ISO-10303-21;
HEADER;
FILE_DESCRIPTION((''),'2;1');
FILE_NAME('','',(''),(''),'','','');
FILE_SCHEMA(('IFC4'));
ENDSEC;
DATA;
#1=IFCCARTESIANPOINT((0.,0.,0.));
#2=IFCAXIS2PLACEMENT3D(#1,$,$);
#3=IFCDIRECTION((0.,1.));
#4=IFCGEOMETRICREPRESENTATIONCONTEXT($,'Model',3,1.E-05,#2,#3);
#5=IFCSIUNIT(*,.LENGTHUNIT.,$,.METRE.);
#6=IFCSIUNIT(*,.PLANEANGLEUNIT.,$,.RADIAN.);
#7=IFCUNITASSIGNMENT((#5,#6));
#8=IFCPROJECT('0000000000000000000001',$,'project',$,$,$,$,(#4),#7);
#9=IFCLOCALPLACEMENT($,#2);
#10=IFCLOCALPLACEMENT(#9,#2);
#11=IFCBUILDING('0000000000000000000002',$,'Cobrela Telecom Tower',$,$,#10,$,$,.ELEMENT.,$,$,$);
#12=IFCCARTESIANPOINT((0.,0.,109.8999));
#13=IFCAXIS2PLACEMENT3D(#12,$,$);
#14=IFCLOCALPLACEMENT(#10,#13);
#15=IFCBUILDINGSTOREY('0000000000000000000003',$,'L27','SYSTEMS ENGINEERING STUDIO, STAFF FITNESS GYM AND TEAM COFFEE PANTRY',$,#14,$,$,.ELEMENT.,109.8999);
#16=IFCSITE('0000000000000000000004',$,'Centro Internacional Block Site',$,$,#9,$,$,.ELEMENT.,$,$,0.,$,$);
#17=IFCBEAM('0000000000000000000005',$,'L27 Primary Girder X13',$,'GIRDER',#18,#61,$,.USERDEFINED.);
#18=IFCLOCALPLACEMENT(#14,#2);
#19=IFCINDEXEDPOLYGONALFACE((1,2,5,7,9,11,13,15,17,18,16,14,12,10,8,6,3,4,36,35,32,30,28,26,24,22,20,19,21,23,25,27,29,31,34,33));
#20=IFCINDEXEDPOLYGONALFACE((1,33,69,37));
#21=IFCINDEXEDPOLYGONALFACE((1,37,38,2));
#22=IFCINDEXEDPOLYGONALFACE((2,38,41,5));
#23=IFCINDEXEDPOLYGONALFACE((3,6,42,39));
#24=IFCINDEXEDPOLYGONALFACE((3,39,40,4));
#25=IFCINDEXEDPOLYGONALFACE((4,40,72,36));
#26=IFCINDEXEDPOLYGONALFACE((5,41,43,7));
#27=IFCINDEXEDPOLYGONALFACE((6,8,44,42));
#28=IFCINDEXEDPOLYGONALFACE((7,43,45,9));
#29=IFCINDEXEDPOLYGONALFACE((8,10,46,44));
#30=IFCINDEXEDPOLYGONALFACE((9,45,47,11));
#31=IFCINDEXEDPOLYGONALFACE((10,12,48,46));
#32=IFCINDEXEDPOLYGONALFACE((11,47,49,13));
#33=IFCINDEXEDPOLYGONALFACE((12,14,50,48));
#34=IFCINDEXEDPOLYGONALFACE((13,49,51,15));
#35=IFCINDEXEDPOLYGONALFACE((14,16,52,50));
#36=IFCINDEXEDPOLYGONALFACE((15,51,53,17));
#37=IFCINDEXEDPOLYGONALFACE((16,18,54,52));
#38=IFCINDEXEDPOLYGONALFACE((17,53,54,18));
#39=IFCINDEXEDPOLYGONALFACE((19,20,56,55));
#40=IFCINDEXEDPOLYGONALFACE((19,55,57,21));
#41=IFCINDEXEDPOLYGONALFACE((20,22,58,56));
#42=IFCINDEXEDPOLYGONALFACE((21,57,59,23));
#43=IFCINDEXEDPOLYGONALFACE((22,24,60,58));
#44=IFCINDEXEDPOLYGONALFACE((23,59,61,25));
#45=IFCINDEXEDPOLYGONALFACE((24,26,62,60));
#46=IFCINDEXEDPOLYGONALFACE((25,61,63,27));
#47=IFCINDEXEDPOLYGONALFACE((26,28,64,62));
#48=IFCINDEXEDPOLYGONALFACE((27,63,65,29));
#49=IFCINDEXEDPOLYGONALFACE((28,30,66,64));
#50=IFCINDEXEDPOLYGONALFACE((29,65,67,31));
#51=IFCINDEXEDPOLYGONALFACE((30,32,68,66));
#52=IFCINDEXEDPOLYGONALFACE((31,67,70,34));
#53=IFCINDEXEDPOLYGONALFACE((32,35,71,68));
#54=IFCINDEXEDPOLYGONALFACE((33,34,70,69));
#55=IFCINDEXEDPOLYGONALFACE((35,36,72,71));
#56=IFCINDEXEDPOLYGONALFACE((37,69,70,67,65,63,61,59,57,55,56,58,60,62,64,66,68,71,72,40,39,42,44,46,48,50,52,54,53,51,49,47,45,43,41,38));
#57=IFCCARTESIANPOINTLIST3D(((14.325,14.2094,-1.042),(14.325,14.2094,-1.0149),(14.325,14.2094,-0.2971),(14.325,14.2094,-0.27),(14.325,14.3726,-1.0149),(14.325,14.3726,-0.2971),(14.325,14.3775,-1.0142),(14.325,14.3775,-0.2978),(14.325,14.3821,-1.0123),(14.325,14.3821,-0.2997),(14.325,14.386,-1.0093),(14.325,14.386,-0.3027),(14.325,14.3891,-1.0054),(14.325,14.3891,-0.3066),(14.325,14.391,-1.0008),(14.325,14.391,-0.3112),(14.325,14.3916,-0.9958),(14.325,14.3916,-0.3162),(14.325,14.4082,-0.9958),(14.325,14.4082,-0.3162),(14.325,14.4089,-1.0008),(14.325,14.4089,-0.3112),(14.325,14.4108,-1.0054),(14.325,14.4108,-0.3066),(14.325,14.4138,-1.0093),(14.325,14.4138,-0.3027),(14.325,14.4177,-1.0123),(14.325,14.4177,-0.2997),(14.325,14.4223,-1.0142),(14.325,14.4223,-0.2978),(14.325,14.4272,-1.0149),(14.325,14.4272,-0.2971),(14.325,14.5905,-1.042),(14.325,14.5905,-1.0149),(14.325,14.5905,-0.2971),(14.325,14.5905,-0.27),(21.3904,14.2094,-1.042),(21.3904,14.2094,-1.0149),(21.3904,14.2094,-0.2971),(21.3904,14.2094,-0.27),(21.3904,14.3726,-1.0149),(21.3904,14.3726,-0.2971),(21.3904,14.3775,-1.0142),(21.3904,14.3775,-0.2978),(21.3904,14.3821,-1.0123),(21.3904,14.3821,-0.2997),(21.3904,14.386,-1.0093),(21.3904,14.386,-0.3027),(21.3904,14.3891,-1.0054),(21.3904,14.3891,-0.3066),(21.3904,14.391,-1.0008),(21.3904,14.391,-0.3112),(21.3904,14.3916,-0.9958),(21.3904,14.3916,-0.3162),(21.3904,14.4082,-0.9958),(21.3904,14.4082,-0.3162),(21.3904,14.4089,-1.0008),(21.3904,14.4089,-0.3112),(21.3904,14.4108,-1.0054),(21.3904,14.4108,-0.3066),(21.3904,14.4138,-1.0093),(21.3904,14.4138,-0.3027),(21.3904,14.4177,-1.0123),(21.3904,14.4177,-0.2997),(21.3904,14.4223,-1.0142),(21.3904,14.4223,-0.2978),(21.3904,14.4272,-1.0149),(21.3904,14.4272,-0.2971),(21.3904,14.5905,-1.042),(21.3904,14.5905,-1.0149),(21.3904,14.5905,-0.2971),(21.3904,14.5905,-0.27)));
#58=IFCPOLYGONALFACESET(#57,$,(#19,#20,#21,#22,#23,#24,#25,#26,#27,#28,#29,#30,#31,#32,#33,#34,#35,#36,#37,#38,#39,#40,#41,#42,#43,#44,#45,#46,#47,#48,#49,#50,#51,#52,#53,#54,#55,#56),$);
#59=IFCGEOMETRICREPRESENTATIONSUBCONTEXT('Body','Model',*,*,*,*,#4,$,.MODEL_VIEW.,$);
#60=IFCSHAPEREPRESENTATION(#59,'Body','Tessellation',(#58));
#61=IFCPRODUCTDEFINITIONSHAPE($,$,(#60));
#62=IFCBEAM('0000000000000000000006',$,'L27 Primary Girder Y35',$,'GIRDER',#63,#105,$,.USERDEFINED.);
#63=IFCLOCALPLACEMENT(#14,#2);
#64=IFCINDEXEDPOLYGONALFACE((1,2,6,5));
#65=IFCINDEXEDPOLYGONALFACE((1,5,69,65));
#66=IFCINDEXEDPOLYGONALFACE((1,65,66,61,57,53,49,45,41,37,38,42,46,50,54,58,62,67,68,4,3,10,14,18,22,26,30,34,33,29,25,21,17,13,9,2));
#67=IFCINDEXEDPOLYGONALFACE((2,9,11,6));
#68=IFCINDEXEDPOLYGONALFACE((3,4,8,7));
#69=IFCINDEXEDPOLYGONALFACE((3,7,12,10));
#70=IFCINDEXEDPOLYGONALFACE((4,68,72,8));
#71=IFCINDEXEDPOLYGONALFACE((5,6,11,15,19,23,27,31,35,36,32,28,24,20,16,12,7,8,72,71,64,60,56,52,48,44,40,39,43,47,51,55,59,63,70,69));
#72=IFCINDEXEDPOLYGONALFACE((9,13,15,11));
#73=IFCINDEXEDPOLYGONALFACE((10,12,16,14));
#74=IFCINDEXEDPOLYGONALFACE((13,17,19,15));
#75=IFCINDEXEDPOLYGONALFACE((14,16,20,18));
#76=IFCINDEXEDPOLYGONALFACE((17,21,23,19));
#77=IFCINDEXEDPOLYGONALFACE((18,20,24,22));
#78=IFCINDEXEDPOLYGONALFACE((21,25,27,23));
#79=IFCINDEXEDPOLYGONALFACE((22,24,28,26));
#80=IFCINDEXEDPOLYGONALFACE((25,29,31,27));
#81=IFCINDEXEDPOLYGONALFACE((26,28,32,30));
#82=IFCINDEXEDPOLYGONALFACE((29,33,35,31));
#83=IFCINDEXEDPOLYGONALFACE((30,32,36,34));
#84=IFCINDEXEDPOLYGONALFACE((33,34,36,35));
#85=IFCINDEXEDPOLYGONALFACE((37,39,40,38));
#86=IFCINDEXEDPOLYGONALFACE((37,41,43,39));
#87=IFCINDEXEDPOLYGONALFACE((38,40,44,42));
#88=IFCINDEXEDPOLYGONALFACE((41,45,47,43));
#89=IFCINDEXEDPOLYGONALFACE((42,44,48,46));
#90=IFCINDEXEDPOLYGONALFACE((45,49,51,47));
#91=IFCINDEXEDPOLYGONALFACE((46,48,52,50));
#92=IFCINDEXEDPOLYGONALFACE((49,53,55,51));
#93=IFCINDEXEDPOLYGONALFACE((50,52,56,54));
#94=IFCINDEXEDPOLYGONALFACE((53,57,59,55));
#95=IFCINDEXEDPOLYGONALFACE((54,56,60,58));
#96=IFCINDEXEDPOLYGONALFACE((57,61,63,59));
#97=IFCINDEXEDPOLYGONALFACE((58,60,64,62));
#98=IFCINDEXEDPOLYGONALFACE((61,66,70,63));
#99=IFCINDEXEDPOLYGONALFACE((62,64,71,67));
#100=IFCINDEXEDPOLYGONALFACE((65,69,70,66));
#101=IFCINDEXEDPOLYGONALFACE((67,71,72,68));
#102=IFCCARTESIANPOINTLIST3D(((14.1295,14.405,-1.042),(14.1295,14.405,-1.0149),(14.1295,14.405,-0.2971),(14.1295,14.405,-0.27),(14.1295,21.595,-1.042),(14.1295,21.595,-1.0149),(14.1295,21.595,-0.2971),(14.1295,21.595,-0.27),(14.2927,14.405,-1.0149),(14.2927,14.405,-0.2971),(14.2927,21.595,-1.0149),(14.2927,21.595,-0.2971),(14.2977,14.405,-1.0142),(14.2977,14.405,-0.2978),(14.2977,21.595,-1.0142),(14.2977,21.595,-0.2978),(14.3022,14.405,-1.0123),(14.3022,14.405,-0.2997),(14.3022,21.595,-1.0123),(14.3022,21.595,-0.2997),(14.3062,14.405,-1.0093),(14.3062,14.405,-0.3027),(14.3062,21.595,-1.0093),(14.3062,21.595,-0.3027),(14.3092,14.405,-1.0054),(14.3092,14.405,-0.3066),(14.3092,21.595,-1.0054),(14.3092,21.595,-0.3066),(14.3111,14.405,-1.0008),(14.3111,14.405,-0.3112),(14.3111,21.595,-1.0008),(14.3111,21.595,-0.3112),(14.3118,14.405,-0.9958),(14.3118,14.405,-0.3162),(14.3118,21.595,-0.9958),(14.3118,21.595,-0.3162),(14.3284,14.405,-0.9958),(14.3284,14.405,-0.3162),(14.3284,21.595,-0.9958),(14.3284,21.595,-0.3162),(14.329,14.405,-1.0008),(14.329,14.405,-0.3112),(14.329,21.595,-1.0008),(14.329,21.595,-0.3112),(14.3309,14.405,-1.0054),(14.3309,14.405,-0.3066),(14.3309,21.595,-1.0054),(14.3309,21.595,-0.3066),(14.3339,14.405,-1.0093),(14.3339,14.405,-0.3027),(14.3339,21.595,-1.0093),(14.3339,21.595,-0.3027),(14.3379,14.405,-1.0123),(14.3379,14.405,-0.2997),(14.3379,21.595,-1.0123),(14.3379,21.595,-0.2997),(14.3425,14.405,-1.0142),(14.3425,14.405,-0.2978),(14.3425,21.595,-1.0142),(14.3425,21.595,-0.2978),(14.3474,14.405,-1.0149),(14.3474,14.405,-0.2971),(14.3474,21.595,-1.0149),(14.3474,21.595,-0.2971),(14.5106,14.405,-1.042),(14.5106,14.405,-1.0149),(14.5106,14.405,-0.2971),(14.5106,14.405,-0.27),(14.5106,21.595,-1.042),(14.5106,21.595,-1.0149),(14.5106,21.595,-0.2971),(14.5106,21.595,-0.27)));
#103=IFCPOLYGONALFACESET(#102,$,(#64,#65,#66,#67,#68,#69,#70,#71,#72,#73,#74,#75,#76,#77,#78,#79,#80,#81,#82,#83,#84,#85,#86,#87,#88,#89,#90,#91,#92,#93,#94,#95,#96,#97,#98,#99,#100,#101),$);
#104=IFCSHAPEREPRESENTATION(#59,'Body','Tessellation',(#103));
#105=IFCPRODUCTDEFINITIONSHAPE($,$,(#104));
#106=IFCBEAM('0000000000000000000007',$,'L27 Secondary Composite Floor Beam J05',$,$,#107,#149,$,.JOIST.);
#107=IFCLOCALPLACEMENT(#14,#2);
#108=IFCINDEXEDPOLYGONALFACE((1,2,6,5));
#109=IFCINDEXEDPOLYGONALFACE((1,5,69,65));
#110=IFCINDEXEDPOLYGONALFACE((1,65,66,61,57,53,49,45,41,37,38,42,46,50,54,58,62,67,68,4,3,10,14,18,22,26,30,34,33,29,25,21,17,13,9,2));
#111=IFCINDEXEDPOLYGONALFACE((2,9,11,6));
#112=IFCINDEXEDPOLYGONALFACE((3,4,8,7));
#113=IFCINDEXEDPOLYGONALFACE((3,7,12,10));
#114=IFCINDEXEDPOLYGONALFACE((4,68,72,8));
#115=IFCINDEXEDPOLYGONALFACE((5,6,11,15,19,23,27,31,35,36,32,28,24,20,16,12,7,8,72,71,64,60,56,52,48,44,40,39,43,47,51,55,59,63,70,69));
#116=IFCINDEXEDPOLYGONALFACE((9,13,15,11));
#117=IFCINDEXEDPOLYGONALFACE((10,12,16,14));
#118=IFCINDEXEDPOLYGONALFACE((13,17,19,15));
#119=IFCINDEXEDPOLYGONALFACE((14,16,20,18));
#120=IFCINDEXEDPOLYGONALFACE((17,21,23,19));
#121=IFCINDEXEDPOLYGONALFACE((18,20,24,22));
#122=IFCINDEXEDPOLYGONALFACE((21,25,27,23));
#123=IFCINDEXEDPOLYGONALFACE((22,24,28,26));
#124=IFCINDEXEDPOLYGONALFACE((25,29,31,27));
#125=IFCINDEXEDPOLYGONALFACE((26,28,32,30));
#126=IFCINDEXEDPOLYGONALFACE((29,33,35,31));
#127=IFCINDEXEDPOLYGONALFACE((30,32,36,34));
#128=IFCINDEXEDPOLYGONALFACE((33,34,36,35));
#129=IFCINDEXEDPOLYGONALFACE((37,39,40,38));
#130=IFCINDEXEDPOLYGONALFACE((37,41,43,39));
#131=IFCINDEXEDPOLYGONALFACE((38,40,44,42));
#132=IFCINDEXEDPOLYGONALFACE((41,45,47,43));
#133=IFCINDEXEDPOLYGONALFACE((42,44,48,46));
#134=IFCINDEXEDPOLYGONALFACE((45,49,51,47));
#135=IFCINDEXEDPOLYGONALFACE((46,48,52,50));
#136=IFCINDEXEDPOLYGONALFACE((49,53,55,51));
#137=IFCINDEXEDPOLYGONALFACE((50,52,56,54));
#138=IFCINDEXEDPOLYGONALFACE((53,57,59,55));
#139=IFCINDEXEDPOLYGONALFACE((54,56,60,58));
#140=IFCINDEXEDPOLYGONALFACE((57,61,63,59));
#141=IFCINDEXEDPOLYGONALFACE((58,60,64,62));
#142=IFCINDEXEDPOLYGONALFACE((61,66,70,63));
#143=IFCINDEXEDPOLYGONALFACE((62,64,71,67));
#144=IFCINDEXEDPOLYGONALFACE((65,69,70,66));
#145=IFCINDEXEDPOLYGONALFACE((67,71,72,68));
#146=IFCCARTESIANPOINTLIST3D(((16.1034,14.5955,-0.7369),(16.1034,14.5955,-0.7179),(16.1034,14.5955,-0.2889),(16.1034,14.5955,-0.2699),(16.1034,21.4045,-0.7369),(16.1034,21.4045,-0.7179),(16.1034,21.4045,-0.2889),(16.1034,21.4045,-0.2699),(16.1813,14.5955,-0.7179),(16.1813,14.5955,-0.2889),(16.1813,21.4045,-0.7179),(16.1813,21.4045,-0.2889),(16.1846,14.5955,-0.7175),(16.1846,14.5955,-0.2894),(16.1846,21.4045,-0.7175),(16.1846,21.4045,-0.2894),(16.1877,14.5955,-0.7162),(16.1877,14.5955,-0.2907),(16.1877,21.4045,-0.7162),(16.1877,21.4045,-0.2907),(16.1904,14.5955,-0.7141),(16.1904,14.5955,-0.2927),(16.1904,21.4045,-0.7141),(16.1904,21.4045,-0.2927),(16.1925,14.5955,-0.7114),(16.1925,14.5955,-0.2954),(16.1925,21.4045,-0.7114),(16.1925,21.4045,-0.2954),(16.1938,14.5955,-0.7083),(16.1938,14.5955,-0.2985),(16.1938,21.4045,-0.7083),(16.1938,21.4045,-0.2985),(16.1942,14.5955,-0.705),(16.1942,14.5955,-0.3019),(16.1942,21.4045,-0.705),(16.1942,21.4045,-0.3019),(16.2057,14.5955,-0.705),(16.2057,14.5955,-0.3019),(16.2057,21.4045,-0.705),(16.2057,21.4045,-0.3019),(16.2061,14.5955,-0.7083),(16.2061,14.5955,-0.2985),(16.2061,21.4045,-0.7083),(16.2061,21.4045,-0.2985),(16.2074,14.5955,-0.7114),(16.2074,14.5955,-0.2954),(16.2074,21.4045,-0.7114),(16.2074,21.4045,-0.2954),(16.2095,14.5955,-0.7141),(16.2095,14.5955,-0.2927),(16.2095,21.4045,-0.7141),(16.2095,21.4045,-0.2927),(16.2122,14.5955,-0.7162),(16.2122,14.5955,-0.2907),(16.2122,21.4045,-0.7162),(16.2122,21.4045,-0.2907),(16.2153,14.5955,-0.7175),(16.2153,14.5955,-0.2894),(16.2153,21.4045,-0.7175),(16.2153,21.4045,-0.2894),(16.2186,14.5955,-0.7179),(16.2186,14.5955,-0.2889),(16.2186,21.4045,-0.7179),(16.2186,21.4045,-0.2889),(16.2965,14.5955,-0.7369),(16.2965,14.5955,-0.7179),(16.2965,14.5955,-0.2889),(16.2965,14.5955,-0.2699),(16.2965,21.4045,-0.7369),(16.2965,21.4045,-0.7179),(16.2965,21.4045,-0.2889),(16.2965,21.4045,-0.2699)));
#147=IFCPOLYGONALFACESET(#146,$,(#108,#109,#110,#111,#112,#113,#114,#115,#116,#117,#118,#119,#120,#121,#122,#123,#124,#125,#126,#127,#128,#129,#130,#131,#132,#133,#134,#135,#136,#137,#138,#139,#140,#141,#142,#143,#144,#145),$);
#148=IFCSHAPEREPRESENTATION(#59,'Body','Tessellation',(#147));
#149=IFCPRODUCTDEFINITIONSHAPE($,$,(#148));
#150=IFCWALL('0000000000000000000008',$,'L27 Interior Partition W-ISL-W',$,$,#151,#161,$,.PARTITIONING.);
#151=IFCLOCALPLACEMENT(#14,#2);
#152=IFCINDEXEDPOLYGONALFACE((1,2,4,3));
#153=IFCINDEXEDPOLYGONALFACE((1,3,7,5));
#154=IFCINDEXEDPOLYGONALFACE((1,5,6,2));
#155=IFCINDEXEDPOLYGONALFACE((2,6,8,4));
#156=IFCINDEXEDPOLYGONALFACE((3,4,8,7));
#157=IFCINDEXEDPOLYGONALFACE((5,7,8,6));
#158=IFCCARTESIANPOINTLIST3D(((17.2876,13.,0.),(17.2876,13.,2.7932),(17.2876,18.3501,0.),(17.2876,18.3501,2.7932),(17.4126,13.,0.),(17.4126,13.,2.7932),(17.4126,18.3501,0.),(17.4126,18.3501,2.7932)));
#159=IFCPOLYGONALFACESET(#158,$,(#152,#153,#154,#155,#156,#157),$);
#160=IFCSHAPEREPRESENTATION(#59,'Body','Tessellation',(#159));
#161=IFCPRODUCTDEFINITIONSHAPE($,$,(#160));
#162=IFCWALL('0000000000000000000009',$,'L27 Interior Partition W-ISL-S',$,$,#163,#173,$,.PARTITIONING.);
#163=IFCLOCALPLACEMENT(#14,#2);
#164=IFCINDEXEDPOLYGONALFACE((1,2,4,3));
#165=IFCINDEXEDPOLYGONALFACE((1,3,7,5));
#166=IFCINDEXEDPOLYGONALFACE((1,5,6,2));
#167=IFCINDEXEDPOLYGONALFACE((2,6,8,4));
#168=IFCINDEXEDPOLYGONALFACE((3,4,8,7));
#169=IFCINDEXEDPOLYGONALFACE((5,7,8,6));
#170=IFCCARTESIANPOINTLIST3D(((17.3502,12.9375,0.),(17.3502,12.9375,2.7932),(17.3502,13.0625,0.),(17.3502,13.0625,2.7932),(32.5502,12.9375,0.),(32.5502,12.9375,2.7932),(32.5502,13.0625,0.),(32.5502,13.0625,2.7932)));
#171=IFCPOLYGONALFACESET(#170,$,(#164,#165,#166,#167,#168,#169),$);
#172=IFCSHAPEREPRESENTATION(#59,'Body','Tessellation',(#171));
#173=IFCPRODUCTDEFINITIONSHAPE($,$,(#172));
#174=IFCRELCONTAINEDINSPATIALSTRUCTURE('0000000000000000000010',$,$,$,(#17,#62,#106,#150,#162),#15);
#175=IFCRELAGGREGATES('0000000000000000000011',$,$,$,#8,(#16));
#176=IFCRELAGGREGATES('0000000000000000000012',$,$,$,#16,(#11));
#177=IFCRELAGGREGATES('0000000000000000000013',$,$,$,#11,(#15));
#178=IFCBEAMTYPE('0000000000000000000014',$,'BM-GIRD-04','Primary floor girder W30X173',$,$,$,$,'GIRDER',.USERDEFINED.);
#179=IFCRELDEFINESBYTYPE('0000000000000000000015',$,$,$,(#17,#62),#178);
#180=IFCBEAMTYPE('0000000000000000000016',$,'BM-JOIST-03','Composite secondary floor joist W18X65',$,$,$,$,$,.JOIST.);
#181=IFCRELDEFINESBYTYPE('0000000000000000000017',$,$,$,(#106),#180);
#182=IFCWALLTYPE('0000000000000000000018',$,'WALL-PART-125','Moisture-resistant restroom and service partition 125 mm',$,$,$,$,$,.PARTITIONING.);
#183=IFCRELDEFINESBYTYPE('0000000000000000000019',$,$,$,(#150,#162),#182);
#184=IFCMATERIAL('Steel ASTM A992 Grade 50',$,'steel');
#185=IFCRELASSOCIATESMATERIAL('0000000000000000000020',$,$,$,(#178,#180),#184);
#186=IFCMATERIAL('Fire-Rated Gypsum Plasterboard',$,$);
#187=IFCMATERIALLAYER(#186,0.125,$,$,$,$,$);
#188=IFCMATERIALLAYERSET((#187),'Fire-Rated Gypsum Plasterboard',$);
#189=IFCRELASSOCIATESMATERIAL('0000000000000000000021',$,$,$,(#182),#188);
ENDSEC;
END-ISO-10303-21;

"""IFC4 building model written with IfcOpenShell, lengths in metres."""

from ifc_helpers import new_model, si_unit, direction, frame, frame_2d, origin, origin_2d, place, context, subcontext, project, spatial, rectangle, i_section, extrude, material, layer, layer_set, material_profile, profile_set, type_object, element, save


model = new_model("IFC4")

# Units and contexts
model_context = context("Model", 3, precision=1e-05, world=origin(), true_north=direction((0.0, 1.0)))
body_context = subcontext(model_context, "Body", "Model", "MODEL_VIEW")
ifc_project = project(units=[si_unit("LENGTHUNIT", "METRE"), si_unit("PLANEANGLEUNIT", "RADIAN")], contexts=[model_context])

# Site, building, storey
site_placement = place(None, origin())
site = spatial("IfcSite", under=ifc_project, at=site_placement, Name="Centro Internacional Block Site", CompositionType="ELEMENT", RefElevation=0.0)
building_placement = place(site_placement, origin())
building = spatial("IfcBuilding", under=site, at=building_placement, Name="Cobrela Telecom Tower", CompositionType="ELEMENT")
storey_placement = place(building_placement, frame((0.0, 0.0, 109.8999)))
storey = spatial("IfcBuildingStorey", under=building, at=storey_placement, Name="L27", Description="SYSTEMS ENGINEERING STUDIO, STAFF FITNESS GYM AND TEAM COFFEE PANTRY", CompositionType="ELEMENT", Elevation=109.8999)

# Beams
ifc_material_1 = material(Name="Steel ASTM A992 Grade 50", Category="steel")
ifc_material_profile_1 = material_profile(ifc_material_1, i_section(OverallWidth=0.3811, OverallDepth=0.772, WebThickness=0.0166, FlangeThickness=0.0271, FilletRadius=0.019, at=origin_2d()), Name="W30X173")
ifc_profile_set_1 = profile_set([ifc_material_profile_1], Name="Steel ASTM A992 Grade 50")
beam_type_1 = type_object("IfcBeamType", Name="BM-GIRD-04", Description="Primary floor girder W30X173", ElementType="GIRDER", PredefinedType="USERDEFINED", material=ifc_profile_set_1)
beam_1_placement = place(storey_placement, frame((14.325, 14.3999, -0.656), z_axis=(1.0, 0.0, 0.0), x_axis=(0.0, 1.0, 0.0)))
element("IfcBeam", 1, at=beam_1_placement, inside=storey, type_object=beam_type_1, Name="L27 Primary Girder X13", ObjectType="GIRDER", PredefinedType="USERDEFINED", context=body_context, shape_type="SweptSolid", body=[
    extrude(i_section(OverallWidth=0.3811, OverallDepth=0.772, WebThickness=0.0166, FlangeThickness=0.0271, FilletRadius=0.019, at=origin_2d()), origin(), (0.0, 0.0, 1.0), 7.0654),
])
beam_2_placement = place(storey_placement, frame((14.3201, 14.405, -0.656), z_axis=(0.0, 1.0, 0.0), x_axis=(-1.0, 0.0, 0.0)))
element("IfcBeam", 2, at=beam_2_placement, inside=storey, type_object=beam_type_1, Name="L27 Primary Girder Y35", ObjectType="GIRDER", PredefinedType="USERDEFINED", context=body_context, shape_type="SweptSolid", body=[
    extrude(i_section(OverallWidth=0.3811, OverallDepth=0.772, WebThickness=0.0166, FlangeThickness=0.0271, FilletRadius=0.019, at=origin_2d()), origin(), (0.0, 0.0, 1.0), 7.1899),
])
ifc_material_profile_2 = material_profile(ifc_material_1, i_section(OverallWidth=0.1931, OverallDepth=0.467, WebThickness=0.0115, FlangeThickness=0.019, FilletRadius=0.0129, at=origin_2d()), Name="W18X65")
ifc_profile_set_2 = profile_set([ifc_material_profile_2], Name="Steel ASTM A992 Grade 50")
beam_type_2 = type_object("IfcBeamType", Name="BM-JOIST-03", Description="Composite secondary floor joist W18X65", PredefinedType="JOIST", material=ifc_profile_set_2)
beam_3_placement = place(storey_placement, frame((16.2, 14.5955, -0.5034), z_axis=(0.0, 1.0, 0.0), x_axis=(-1.0, 0.0, 0.0)))
element("IfcBeam", 3, at=beam_3_placement, inside=storey, type_object=beam_type_2, Name="L27 Secondary Composite Floor Beam J05", PredefinedType="JOIST", context=body_context, shape_type="SweptSolid", body=[
    extrude(i_section(OverallWidth=0.1931, OverallDepth=0.467, WebThickness=0.0115, FlangeThickness=0.019, FilletRadius=0.0129, at=origin_2d()), origin(), (0.0, 0.0, 1.0), 6.8091),
])

# Walls
ifc_material_2 = material(Name="Fire-Rated Gypsum Plasterboard")
ifc_layer_1 = layer(ifc_material_2, 0.125)
ifc_layer_set_1 = layer_set([ifc_layer_1], Name="Fire-Rated Gypsum Plasterboard")
wall_type_1 = type_object("IfcWallType", Name="WALL-PART-125", Description="Moisture-resistant restroom and service partition 125 mm", PredefinedType="PARTITIONING", material=ifc_layer_set_1)
wall_1_placement = place(storey_placement, frame((17.3501, 13.0, 0.0), z_axis=(0.0, 0.0, 1.0), x_axis=(0.0, 1.0, 0.0)))
element("IfcWall", 4, at=wall_1_placement, inside=storey, type_object=wall_type_1, Name="L27 Interior Partition W-ISL-W", PredefinedType="PARTITIONING", context=body_context, shape_type="SweptSolid", body=[
    extrude(rectangle(XDim=5.3501, YDim=0.125, at=frame_2d((2.675, 0.0))), origin(), (0.0, 0.0, 1.0), 2.7932),
])
wall_2_placement = place(storey_placement, frame((17.3501, 13.0, 0.0), z_axis=(0.0, 0.0, 1.0), x_axis=(1.0, 0.0, 0.0)))
element("IfcWall", 5, at=wall_2_placement, inside=storey, type_object=wall_type_1, Name="L27 Interior Partition W-ISL-S", PredefinedType="PARTITIONING", context=body_context, shape_type="SweptSolid", body=[
    extrude(rectangle(XDim=15.2, YDim=0.125, at=frame_2d((7.6001, 0.0))), origin(), (0.0, 0.0, 1.0), 2.7932),
])

save(model, "model.ifc")
